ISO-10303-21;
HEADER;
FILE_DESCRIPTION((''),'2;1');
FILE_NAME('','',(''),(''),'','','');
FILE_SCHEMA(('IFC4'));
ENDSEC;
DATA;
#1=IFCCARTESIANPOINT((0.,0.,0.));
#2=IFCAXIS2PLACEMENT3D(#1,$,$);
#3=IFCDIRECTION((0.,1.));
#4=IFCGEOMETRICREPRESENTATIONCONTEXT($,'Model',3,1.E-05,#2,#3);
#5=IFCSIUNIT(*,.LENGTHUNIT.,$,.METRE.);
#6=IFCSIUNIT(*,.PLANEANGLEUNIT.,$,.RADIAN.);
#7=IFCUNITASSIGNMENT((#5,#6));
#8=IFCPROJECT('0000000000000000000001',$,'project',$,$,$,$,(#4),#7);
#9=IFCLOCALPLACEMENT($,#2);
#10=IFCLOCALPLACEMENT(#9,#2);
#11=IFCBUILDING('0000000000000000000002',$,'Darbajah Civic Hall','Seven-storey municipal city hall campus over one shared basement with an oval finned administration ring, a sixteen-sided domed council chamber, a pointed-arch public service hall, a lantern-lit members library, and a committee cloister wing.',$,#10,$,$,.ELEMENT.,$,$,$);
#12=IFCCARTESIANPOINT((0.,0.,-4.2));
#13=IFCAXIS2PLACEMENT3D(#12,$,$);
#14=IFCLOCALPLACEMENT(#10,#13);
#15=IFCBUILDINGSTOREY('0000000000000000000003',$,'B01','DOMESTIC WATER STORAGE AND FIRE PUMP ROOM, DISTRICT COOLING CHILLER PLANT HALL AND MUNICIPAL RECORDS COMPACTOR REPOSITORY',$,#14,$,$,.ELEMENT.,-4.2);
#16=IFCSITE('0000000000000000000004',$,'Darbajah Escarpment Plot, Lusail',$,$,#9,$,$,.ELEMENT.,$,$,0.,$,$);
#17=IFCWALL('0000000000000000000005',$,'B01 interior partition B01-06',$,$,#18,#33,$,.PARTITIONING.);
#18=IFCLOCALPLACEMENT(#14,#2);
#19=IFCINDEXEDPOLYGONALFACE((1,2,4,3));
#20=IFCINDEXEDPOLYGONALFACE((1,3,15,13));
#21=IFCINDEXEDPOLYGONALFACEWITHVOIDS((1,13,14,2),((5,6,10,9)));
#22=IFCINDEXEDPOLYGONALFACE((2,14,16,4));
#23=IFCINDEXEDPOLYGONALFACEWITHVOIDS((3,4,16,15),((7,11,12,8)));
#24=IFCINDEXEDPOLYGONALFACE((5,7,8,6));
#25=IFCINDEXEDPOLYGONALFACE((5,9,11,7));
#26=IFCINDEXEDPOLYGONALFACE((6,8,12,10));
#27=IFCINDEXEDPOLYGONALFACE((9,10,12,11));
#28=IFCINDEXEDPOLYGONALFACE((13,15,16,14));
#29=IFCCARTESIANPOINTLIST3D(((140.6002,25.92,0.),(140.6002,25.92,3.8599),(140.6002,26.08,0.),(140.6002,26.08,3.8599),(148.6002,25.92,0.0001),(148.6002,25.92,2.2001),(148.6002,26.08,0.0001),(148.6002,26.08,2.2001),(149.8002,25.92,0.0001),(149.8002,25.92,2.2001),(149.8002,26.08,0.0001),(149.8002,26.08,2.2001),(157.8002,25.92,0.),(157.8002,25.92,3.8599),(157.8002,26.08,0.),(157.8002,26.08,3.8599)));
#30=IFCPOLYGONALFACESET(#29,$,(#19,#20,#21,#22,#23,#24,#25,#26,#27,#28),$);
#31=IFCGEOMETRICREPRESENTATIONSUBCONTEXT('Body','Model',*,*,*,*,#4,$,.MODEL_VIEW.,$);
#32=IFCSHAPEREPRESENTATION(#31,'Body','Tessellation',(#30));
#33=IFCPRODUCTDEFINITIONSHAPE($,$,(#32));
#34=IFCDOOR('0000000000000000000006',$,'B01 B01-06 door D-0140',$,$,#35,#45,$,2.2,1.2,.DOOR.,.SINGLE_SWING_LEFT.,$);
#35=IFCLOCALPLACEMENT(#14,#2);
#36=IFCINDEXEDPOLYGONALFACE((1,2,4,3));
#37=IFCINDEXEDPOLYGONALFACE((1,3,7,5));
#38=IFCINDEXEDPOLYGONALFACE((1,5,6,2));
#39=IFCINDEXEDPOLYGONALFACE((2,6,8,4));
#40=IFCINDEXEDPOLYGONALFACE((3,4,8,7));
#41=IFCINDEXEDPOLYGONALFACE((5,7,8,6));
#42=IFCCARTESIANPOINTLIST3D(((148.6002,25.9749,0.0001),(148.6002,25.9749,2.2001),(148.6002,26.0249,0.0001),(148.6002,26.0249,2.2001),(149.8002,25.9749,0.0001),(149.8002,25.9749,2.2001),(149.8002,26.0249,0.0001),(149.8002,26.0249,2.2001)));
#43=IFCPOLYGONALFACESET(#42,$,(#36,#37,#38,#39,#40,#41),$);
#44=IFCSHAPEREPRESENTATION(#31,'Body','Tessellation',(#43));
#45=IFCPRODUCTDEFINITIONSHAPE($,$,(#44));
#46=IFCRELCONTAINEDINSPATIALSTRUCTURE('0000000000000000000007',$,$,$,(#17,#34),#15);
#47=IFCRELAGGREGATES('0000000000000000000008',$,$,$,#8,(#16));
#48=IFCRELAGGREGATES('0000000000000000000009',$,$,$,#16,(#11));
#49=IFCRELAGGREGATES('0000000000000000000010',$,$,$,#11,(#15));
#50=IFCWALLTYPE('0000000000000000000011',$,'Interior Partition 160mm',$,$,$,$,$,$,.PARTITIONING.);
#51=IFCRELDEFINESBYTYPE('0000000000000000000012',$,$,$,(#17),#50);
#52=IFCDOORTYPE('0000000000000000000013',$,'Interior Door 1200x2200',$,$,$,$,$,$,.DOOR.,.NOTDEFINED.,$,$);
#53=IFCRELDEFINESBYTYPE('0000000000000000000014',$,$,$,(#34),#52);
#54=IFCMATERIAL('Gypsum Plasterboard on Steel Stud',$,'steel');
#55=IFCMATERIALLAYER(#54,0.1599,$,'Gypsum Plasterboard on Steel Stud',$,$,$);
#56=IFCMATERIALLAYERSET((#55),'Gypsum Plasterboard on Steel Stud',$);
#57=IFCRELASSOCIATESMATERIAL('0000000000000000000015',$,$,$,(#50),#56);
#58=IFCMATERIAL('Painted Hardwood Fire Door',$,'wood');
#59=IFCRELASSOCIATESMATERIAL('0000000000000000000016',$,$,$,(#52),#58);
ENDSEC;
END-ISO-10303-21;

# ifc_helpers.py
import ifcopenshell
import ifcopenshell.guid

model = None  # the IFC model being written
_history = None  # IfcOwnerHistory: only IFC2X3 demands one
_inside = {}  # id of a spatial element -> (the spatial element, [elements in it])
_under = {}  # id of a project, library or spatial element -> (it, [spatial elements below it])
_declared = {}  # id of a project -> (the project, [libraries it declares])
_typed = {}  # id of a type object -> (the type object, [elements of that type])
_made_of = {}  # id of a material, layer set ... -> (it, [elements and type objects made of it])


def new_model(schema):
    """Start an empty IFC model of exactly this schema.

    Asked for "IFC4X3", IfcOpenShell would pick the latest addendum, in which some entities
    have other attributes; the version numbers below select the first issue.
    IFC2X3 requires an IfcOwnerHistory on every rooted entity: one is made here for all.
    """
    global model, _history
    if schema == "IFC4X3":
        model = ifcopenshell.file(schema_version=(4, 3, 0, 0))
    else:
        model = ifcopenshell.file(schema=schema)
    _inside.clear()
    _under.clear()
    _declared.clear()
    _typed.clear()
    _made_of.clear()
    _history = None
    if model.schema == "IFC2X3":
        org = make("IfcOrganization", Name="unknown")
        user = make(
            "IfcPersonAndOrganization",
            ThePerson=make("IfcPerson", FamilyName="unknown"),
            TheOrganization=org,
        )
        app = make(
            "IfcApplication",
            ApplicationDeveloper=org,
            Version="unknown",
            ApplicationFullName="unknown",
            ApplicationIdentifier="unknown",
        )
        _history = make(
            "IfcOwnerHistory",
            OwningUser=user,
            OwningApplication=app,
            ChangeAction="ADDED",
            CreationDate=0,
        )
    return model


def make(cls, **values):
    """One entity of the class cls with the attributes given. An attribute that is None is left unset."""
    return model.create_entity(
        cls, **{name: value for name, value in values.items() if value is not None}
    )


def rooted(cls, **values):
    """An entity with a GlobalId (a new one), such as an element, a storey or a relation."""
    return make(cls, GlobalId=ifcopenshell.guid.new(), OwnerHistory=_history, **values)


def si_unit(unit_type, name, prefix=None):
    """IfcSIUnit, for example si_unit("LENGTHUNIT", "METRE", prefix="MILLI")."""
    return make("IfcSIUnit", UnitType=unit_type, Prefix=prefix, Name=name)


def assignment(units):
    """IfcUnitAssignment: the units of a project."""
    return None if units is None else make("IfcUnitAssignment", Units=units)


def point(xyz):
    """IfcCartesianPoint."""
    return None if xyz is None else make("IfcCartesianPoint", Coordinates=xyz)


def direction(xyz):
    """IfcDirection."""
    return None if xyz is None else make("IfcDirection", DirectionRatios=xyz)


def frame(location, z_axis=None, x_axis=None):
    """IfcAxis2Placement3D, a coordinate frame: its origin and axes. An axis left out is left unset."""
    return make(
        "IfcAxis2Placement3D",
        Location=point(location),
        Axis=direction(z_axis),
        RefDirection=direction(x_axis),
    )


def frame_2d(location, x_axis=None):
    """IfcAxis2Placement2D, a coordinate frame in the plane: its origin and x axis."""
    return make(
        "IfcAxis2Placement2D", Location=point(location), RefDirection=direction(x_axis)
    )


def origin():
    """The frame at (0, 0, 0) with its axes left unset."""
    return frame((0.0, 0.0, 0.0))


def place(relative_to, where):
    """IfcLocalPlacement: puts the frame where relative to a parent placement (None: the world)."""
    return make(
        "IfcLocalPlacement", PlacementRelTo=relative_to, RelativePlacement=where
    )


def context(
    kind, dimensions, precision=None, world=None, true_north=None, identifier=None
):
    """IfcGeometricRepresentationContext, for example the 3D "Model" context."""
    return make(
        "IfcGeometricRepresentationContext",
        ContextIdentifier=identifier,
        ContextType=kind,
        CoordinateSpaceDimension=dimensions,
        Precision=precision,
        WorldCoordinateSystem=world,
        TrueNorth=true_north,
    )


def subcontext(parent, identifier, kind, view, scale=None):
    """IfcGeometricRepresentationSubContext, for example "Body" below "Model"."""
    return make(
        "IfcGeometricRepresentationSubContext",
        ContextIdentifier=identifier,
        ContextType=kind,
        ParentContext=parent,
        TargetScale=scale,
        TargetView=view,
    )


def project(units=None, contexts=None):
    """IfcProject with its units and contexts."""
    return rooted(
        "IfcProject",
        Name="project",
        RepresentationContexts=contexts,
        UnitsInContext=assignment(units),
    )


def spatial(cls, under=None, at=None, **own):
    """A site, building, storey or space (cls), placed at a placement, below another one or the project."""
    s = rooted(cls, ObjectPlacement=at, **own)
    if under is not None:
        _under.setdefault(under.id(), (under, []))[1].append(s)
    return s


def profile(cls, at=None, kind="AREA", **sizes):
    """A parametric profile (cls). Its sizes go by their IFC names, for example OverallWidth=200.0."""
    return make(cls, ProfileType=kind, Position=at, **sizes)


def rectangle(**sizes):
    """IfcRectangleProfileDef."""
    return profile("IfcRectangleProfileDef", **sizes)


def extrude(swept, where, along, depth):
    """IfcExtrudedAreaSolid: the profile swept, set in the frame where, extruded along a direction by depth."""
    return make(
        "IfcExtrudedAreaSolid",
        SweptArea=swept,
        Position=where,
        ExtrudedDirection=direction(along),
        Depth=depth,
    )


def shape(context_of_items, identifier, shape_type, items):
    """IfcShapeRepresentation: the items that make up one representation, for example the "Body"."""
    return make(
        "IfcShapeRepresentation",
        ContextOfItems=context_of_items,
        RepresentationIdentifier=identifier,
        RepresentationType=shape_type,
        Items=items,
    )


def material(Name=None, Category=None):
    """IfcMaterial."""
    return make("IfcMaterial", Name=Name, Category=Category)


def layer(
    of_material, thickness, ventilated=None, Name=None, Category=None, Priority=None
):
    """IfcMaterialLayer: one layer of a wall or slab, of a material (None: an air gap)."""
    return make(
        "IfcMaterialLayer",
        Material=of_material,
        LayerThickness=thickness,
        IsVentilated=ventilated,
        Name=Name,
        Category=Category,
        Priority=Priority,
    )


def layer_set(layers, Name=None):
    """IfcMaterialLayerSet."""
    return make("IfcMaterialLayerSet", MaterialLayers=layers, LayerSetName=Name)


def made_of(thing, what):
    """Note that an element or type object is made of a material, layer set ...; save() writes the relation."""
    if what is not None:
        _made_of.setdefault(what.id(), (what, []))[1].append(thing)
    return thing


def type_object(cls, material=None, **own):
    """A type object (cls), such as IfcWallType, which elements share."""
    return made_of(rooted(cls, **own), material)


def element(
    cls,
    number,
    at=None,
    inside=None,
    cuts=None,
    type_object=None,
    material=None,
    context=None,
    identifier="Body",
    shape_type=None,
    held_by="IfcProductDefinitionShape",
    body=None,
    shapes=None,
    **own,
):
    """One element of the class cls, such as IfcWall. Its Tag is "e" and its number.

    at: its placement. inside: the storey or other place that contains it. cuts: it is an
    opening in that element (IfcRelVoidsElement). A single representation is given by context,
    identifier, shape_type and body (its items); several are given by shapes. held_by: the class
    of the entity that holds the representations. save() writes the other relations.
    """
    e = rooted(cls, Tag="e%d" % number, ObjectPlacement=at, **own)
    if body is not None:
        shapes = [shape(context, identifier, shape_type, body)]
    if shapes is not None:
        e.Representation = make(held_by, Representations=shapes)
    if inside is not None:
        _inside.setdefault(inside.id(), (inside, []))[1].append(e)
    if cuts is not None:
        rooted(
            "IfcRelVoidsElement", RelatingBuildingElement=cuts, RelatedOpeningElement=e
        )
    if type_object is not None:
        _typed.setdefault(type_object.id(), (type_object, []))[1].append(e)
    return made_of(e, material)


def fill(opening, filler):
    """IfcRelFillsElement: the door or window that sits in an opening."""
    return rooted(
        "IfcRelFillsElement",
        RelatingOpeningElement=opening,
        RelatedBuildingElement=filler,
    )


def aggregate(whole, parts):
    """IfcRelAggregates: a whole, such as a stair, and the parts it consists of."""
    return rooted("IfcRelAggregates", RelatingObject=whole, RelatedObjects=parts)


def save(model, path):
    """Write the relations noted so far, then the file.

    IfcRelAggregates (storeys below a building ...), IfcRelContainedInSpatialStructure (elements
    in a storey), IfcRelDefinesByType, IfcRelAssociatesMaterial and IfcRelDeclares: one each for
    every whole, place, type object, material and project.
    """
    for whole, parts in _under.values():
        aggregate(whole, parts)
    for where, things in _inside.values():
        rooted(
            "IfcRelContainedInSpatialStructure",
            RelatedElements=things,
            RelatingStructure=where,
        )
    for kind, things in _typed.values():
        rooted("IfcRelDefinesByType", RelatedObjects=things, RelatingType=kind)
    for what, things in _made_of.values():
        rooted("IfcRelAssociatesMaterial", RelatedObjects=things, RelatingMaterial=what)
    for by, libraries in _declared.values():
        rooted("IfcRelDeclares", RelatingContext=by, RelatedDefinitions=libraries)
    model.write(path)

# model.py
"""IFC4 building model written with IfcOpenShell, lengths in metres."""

from ifc_helpers import new_model, si_unit, direction, frame, frame_2d, origin, place, context, subcontext, project, spatial, rectangle, extrude, material, layer, layer_set, type_object, element, fill, save


model = new_model("IFC4")

# Units and contexts
model_context = context("Model", 3, precision=1e-05, world=origin(), true_north=direction((0.0, 1.0)))
body_context = subcontext(model_context, "Body", "Model", "MODEL_VIEW")
ifc_project = project(units=[si_unit("LENGTHUNIT", "METRE"), si_unit("PLANEANGLEUNIT", "RADIAN")], contexts=[model_context])

# Site, building, storey
site_placement = place(None, origin())
site = spatial("IfcSite", under=ifc_project, at=site_placement, Name="Darbajah Escarpment Plot, Lusail", CompositionType="ELEMENT", RefElevation=0.0)
building_placement = place(site_placement, origin())
building = spatial("IfcBuilding", under=site, at=building_placement, Name="Darbajah Civic Hall", Description="Seven-storey municipal city hall campus over one shared basement with an oval finned administration ring, a sixteen-sided domed council chamber, a pointed-arch public service hall, a lantern-lit members library, and a committee cloister wing.", CompositionType="ELEMENT")
storey_placement = place(building_placement, frame((0.0, 0.0, -4.2)))
storey = spatial("IfcBuildingStorey", under=building, at=storey_placement, Name="B01", Description="DOMESTIC WATER STORAGE AND FIRE PUMP ROOM, DISTRICT COOLING CHILLER PLANT HALL AND MUNICIPAL RECORDS COMPACTOR REPOSITORY", CompositionType="ELEMENT", Elevation=-4.2)

# Wall, opening, door
ifc_material_1 = material(Name="Gypsum Plasterboard on Steel Stud", Category="steel")
ifc_layer = layer(ifc_material_1, 0.1599, Name="Gypsum Plasterboard on Steel Stud")
ifc_layer_set = layer_set([ifc_layer], Name="Gypsum Plasterboard on Steel Stud")
wall_type = type_object("IfcWallType", Name="Interior Partition 160mm", PredefinedType="PARTITIONING", material=ifc_layer_set)
wall_placement = place(storey_placement, frame((140.6001, 26.0, 0.0), z_axis=(0.0, 0.0, 1.0), x_axis=(1.0, 0.0, 0.0)))
wall = element("IfcWall", 1, at=wall_placement, inside=storey, type_object=wall_type, Name="B01 interior partition B01-06", PredefinedType="PARTITIONING", context=body_context, shape_type="SweptSolid", body=[
    extrude(rectangle(XDim=17.2, YDim=0.1599, at=frame_2d((8.6001, 0.0))), origin(), (0.0, 0.0, 1.0), 3.8599),
])
opening_placement = place(wall_placement, frame((8.0, 0.0, 0.0)))
opening = element("IfcOpeningElement", 2, at=opening_placement, cuts=wall, PredefinedType="OPENING", context=body_context, shape_type="SweptSolid", body=[
    extrude(rectangle(XDim=1.2, YDim=2.2, at=frame_2d((0.6001, 1.1001))), frame((0.0, 0.0898, 0.0), z_axis=(0.0, -1.0, 0.0), x_axis=(1.0, 0.0, 0.0)), (0.0, 0.0, 1.0), 0.1799),
])
ifc_material_2 = material(Name="Painted Hardwood Fire Door", Category="wood")
door_type = type_object("IfcDoorType", Name="Interior Door 1200x2200", OperationType="NOTDEFINED", PredefinedType="DOOR", material=ifc_material_2)
door_placement = place(opening_placement, origin())
door = element("IfcDoor", 3, at=door_placement, inside=storey, type_object=door_type, Name="B01 B01-06 door D-0140", OperationType="SINGLE_SWING_LEFT", OverallHeight=2.2, OverallWidth=1.2, PredefinedType="DOOR", context=body_context, shape_type="SweptSolid", body=[
    extrude(rectangle(XDim=1.2, YDim=2.2, at=frame_2d((0.6001, 1.1001))), frame((0.0, 0.0249, 0.0), z_axis=(0.0, -1.0, 0.0), x_axis=(1.0, 0.0, 0.0)), (0.0, 0.0, 1.0), 0.05),
])
fill(opening, door)

save(model, "model.ifc")
